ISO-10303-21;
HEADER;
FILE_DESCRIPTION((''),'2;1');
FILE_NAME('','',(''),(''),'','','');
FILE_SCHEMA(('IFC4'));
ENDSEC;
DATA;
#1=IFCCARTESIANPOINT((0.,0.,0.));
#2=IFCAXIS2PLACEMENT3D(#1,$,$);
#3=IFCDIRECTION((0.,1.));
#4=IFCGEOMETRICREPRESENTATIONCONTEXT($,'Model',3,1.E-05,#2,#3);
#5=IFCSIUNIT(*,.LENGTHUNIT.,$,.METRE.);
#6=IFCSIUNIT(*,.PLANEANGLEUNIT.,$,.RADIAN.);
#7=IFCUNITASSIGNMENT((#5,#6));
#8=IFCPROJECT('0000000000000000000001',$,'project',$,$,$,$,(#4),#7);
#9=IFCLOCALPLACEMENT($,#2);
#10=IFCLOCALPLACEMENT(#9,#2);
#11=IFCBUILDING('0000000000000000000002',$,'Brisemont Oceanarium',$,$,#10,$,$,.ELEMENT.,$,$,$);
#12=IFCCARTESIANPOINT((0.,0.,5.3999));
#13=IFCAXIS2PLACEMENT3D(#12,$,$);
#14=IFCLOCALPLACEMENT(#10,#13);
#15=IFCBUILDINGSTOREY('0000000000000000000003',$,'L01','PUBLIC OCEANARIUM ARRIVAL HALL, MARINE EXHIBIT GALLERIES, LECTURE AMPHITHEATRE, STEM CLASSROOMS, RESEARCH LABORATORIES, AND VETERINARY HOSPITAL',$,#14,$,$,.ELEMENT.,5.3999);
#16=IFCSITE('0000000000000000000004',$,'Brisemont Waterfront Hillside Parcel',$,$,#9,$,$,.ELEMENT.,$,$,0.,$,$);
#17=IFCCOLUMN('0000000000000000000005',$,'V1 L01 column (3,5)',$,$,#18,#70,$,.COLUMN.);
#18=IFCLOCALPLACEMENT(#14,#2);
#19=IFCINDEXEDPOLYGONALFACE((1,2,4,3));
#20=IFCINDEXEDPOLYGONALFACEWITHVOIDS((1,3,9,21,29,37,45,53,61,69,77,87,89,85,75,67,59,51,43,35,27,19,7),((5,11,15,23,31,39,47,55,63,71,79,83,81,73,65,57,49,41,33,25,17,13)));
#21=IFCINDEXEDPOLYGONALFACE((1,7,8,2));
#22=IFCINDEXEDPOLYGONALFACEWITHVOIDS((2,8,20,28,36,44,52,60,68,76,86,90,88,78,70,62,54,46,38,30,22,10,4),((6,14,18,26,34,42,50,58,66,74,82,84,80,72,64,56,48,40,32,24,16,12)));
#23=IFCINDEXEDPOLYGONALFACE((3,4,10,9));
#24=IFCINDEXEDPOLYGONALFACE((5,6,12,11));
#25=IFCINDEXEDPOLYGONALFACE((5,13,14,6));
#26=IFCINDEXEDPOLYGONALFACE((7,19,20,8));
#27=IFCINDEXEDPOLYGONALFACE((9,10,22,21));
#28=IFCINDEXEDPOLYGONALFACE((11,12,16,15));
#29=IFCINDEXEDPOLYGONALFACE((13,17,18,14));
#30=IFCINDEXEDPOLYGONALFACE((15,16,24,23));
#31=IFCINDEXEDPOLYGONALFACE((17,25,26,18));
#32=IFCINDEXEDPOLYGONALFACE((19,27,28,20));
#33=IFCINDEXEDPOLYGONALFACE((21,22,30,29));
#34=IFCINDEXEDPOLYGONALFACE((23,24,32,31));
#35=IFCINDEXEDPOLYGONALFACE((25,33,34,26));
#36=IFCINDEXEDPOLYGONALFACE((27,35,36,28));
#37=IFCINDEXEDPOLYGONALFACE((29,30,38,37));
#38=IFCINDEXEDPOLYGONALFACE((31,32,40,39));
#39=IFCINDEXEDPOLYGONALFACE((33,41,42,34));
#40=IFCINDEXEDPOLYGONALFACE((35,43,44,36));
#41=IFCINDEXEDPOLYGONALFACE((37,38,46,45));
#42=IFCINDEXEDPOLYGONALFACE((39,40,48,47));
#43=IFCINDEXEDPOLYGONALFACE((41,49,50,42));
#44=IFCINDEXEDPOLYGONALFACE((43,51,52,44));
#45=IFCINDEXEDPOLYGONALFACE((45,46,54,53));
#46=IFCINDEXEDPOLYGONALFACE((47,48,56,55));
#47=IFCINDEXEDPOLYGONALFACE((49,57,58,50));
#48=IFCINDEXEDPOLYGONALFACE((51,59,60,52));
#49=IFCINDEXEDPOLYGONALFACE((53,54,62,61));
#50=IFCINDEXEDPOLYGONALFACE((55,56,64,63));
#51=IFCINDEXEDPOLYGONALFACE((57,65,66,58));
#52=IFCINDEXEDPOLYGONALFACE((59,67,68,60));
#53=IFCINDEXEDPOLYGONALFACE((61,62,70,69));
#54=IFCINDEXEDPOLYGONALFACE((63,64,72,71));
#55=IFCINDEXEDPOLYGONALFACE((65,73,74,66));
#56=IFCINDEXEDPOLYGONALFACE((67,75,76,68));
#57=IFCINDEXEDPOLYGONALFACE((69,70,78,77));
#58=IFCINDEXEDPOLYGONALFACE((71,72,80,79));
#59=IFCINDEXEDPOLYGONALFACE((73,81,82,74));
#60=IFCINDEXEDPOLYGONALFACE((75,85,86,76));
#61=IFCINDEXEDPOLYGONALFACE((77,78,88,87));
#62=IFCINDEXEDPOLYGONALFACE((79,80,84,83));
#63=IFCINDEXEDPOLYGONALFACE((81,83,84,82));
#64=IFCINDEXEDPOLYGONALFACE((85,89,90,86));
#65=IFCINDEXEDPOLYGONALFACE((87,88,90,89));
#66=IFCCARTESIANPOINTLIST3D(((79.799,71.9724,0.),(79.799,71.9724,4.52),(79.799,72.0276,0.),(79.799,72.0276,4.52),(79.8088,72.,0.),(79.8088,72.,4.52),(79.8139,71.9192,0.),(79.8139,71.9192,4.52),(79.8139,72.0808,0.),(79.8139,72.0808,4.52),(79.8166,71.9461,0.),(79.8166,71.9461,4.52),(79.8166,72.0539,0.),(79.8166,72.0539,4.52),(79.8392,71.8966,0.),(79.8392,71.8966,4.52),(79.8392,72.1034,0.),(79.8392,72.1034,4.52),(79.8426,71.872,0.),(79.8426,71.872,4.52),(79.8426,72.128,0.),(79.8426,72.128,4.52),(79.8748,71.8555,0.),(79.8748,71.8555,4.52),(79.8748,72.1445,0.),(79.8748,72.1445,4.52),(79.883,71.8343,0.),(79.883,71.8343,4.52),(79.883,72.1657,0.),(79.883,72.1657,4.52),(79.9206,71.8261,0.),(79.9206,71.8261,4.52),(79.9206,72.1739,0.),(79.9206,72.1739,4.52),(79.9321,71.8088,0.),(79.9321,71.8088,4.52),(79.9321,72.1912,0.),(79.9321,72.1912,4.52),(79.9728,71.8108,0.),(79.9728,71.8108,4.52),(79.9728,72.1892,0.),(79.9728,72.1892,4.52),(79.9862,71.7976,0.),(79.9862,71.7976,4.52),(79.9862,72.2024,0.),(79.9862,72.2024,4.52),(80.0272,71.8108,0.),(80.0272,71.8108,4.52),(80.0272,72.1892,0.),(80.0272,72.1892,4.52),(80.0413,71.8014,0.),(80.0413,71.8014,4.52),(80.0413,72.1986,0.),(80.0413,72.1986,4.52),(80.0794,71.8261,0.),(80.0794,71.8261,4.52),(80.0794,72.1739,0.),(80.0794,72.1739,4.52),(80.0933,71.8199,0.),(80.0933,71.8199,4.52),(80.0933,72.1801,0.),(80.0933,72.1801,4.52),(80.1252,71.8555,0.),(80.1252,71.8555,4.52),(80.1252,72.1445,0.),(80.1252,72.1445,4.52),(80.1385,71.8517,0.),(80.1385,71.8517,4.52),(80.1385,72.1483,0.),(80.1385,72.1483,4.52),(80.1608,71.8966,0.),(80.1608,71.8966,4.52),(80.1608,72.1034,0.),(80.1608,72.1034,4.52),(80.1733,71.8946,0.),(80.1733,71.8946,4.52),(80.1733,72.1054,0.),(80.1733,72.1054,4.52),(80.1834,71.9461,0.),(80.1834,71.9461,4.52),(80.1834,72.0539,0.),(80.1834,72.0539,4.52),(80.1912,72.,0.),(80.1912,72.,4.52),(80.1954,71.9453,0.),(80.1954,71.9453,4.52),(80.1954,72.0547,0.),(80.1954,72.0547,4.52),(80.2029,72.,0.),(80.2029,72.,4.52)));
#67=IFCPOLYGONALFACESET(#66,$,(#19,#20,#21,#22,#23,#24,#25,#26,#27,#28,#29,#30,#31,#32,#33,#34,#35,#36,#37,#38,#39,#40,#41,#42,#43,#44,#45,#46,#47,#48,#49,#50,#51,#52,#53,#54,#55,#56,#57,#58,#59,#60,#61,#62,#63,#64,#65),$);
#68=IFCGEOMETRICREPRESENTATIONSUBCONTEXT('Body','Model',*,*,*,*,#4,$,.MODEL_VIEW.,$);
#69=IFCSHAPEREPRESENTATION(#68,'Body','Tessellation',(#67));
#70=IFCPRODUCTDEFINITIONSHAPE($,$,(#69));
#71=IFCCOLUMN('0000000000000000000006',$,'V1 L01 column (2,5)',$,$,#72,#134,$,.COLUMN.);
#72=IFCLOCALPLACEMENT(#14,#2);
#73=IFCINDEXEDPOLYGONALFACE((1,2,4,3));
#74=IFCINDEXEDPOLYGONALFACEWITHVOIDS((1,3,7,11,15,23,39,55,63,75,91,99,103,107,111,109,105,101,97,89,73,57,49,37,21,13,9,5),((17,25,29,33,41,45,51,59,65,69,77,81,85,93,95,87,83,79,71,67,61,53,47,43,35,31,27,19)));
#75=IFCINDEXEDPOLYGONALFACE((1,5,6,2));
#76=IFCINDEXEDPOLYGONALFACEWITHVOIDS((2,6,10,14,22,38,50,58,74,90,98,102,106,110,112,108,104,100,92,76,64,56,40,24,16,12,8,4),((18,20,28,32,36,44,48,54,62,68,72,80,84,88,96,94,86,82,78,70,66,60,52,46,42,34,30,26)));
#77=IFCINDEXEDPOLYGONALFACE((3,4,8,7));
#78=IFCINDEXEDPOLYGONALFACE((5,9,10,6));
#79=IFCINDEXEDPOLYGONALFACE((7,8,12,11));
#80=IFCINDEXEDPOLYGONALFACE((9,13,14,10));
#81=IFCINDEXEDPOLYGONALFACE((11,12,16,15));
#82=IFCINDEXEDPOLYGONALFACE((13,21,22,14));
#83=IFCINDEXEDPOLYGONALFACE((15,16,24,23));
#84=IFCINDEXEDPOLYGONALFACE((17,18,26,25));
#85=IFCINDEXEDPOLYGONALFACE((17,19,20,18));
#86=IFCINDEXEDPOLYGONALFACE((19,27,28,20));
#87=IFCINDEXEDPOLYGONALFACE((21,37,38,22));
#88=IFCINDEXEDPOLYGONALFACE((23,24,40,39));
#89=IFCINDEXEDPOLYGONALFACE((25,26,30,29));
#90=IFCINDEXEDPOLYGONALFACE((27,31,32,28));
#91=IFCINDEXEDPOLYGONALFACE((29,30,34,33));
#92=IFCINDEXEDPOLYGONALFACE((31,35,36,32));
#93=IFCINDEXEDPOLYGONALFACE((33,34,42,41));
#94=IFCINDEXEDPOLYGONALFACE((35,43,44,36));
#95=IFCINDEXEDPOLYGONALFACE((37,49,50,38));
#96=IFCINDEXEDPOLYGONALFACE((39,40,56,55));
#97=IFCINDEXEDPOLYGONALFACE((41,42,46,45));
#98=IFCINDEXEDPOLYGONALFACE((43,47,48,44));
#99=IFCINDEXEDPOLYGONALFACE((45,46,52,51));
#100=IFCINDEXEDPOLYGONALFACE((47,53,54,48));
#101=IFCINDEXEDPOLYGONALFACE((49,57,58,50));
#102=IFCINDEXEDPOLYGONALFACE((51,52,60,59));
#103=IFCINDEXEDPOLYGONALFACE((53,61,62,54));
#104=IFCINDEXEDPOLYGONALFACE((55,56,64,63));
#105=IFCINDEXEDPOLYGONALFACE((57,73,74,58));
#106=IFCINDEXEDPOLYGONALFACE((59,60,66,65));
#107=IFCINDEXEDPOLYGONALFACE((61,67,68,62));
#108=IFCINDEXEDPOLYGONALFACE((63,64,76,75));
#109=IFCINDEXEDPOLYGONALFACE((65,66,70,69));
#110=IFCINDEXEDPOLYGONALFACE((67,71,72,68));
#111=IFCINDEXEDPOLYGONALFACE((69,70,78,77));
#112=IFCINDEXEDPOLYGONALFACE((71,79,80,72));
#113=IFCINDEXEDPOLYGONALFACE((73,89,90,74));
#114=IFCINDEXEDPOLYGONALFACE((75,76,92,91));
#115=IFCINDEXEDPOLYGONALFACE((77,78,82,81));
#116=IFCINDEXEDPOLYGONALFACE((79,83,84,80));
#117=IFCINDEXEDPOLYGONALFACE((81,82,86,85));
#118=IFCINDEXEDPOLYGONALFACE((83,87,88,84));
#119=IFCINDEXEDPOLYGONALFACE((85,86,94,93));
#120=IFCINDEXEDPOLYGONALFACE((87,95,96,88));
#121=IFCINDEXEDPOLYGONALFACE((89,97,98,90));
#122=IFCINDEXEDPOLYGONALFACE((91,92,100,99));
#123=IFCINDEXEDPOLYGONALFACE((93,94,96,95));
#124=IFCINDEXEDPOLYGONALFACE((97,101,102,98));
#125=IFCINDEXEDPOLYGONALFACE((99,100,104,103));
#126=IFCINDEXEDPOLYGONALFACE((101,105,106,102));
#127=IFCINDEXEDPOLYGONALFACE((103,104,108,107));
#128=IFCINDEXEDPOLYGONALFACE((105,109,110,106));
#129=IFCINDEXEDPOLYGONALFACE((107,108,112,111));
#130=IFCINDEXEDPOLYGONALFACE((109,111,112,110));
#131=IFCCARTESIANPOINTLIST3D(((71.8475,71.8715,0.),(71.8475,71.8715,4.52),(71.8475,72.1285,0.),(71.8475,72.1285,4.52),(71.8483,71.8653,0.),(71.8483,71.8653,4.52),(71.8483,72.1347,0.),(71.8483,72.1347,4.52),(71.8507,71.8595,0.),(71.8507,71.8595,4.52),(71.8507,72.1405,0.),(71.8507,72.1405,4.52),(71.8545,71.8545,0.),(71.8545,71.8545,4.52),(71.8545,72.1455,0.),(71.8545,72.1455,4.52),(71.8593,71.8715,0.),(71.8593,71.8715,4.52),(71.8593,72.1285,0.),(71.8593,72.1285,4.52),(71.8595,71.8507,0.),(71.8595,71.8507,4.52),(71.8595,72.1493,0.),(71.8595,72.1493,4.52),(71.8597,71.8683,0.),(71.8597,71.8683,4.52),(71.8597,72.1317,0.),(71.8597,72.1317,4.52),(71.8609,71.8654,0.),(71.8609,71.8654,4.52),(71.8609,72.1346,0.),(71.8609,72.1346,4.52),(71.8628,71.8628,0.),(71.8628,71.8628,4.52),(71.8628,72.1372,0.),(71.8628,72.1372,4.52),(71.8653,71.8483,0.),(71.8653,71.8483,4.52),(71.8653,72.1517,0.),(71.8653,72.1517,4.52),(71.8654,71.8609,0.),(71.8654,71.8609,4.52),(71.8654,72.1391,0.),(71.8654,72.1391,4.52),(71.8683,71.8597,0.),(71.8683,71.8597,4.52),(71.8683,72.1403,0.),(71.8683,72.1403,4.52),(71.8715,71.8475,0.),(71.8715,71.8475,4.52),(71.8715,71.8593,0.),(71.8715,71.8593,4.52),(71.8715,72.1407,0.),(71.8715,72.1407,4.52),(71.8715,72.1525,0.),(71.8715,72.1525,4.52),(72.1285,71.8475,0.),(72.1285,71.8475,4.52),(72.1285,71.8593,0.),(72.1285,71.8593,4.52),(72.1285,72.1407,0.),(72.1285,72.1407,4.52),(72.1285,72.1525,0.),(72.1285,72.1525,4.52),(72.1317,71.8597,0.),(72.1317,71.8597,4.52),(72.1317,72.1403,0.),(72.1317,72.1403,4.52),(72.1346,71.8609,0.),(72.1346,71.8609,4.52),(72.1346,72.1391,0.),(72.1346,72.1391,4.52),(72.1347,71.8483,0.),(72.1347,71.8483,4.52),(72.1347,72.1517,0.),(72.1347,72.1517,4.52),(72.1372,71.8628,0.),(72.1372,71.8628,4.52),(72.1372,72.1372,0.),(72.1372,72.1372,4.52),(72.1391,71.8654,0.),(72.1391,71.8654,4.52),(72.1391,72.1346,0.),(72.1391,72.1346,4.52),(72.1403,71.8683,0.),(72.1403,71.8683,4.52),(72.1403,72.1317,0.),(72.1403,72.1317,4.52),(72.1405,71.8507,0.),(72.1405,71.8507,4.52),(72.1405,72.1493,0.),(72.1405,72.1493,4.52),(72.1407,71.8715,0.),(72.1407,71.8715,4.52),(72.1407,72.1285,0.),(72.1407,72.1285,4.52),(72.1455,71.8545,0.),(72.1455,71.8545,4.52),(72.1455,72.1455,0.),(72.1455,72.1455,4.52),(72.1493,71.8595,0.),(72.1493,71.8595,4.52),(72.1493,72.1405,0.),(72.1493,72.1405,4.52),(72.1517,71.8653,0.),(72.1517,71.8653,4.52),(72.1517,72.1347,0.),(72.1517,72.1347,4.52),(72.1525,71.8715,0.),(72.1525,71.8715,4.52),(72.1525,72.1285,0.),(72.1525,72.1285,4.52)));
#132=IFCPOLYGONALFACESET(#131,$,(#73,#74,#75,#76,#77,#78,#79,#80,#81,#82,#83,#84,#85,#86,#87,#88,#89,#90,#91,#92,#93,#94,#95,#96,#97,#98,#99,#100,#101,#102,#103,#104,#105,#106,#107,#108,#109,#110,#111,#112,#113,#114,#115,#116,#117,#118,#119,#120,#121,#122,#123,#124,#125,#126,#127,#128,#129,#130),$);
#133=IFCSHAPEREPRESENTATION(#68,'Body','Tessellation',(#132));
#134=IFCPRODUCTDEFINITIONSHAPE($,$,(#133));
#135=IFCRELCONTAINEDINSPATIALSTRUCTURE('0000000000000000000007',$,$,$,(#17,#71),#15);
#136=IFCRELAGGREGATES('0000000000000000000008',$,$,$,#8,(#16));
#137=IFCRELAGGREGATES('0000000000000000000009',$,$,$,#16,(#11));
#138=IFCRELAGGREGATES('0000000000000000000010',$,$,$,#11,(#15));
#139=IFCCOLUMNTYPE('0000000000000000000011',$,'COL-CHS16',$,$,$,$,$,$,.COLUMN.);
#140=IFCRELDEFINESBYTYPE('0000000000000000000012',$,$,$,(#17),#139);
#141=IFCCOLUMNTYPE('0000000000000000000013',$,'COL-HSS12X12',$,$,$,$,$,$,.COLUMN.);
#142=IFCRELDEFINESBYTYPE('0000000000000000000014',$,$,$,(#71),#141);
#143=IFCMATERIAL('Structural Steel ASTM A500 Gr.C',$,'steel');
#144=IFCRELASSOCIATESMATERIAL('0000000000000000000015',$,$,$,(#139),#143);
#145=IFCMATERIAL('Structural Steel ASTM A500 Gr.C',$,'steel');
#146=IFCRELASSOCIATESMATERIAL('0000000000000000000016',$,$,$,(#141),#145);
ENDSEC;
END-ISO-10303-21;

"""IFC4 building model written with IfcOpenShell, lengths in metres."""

from ifc_helpers import new_model, si_unit, direction, frame, origin, origin_2d, place, context, subcontext, project, spatial, hollow_rectangle, hollow_circle, extrude, material, material_profile, profile_set, type_object, element, save


model = new_model("IFC4")

# Units and contexts
model_context = context("Model", 3, precision=1e-05, world=origin(), true_north=direction((0.0, 1.0)))
body_context = subcontext(model_context, "Body", "Model", "MODEL_VIEW")
ifc_project = project(units=[si_unit("LENGTHUNIT", "METRE"), si_unit("PLANEANGLEUNIT", "RADIAN")], contexts=[model_context])

# Site, building, storey
site_placement = place(None, origin())
site = spatial("IfcSite", under=ifc_project, at=site_placement, Name="Brisemont Waterfront Hillside Parcel", CompositionType="ELEMENT", RefElevation=0.0)
building_placement = place(site_placement, origin())
building = spatial("IfcBuilding", under=site, at=building_placement, Name="Brisemont Oceanarium", CompositionType="ELEMENT")
storey_placement = place(building_placement, frame((0.0, 0.0, 5.3999)))
storey = spatial("IfcBuildingStorey", under=building, at=storey_placement, Name="L01", Description="PUBLIC OCEANARIUM ARRIVAL HALL, MARINE EXHIBIT GALLERIES, LECTURE AMPHITHEATRE, STEM CLASSROOMS, RESEARCH LABORATORIES, AND VETERINARY HOSPITAL", CompositionType="ELEMENT", Elevation=5.3999)

# Columns
ifc_material_1 = material(Name="Structural Steel ASTM A500 Gr.C", Category="steel")
ifc_material_profile_1 = material_profile(ifc_material_1, hollow_circle(Radius=0.2029, WallThickness=0.0117, at=origin_2d()), Name="HSS16.000X0.500")
ifc_profile_set_1 = profile_set([ifc_material_profile_1], Name="Structural Steel ASTM A500 Gr.C")
column_type_1 = type_object("IfcColumnType", Name="COL-CHS16", PredefinedType="COLUMN", material=ifc_profile_set_1)
column_1_placement = place(storey_placement, frame((80.0, 72.0, 0.0), z_axis=(0.0, 0.0, 1.0), x_axis=(1.0, 0.0, 0.0)))
element("IfcColumn", 1, at=column_1_placement, inside=storey, type_object=column_type_1, Name="V1 L01 column (3,5)", PredefinedType="COLUMN", context=body_context, shape_type="SweptSolid", body=[
    extrude(hollow_circle(Radius=0.2029, WallThickness=0.0117, at=origin_2d()), origin(), (0.0, 0.0, 1.0), 4.52),
])
ifc_material_2 = material(Name="Structural Steel ASTM A500 Gr.C", Category="steel")
ifc_material_profile_2 = material_profile(ifc_material_2, hollow_rectangle(XDim=0.3049, YDim=0.3049, WallThickness=0.0117, InnerFilletRadius=0.0122, OuterFilletRadius=0.0239, at=origin_2d()), Name="HSS12X12X1/2")
ifc_profile_set_2 = profile_set([ifc_material_profile_2], Name="Structural Steel ASTM A500 Gr.C")
column_type_2 = type_object("IfcColumnType", Name="COL-HSS12X12", PredefinedType="COLUMN", material=ifc_profile_set_2)
column_2_placement = place(storey_placement, frame((72.0, 72.0, 0.0), z_axis=(0.0, 0.0, 1.0), x_axis=(0.0, 1.0, 0.0)))
element("IfcColumn", 2, at=column_2_placement, inside=storey, type_object=column_type_2, Name="V1 L01 column (2,5)", PredefinedType="COLUMN", context=body_context, shape_type="SweptSolid", body=[
    extrude(hollow_rectangle(XDim=0.3049, YDim=0.3049, WallThickness=0.0117, InnerFilletRadius=0.0122, OuterFilletRadius=0.0239, at=origin_2d()), origin(), (0.0, 0.0, 1.0), 4.52),
])

save(model, "model.ifc")
